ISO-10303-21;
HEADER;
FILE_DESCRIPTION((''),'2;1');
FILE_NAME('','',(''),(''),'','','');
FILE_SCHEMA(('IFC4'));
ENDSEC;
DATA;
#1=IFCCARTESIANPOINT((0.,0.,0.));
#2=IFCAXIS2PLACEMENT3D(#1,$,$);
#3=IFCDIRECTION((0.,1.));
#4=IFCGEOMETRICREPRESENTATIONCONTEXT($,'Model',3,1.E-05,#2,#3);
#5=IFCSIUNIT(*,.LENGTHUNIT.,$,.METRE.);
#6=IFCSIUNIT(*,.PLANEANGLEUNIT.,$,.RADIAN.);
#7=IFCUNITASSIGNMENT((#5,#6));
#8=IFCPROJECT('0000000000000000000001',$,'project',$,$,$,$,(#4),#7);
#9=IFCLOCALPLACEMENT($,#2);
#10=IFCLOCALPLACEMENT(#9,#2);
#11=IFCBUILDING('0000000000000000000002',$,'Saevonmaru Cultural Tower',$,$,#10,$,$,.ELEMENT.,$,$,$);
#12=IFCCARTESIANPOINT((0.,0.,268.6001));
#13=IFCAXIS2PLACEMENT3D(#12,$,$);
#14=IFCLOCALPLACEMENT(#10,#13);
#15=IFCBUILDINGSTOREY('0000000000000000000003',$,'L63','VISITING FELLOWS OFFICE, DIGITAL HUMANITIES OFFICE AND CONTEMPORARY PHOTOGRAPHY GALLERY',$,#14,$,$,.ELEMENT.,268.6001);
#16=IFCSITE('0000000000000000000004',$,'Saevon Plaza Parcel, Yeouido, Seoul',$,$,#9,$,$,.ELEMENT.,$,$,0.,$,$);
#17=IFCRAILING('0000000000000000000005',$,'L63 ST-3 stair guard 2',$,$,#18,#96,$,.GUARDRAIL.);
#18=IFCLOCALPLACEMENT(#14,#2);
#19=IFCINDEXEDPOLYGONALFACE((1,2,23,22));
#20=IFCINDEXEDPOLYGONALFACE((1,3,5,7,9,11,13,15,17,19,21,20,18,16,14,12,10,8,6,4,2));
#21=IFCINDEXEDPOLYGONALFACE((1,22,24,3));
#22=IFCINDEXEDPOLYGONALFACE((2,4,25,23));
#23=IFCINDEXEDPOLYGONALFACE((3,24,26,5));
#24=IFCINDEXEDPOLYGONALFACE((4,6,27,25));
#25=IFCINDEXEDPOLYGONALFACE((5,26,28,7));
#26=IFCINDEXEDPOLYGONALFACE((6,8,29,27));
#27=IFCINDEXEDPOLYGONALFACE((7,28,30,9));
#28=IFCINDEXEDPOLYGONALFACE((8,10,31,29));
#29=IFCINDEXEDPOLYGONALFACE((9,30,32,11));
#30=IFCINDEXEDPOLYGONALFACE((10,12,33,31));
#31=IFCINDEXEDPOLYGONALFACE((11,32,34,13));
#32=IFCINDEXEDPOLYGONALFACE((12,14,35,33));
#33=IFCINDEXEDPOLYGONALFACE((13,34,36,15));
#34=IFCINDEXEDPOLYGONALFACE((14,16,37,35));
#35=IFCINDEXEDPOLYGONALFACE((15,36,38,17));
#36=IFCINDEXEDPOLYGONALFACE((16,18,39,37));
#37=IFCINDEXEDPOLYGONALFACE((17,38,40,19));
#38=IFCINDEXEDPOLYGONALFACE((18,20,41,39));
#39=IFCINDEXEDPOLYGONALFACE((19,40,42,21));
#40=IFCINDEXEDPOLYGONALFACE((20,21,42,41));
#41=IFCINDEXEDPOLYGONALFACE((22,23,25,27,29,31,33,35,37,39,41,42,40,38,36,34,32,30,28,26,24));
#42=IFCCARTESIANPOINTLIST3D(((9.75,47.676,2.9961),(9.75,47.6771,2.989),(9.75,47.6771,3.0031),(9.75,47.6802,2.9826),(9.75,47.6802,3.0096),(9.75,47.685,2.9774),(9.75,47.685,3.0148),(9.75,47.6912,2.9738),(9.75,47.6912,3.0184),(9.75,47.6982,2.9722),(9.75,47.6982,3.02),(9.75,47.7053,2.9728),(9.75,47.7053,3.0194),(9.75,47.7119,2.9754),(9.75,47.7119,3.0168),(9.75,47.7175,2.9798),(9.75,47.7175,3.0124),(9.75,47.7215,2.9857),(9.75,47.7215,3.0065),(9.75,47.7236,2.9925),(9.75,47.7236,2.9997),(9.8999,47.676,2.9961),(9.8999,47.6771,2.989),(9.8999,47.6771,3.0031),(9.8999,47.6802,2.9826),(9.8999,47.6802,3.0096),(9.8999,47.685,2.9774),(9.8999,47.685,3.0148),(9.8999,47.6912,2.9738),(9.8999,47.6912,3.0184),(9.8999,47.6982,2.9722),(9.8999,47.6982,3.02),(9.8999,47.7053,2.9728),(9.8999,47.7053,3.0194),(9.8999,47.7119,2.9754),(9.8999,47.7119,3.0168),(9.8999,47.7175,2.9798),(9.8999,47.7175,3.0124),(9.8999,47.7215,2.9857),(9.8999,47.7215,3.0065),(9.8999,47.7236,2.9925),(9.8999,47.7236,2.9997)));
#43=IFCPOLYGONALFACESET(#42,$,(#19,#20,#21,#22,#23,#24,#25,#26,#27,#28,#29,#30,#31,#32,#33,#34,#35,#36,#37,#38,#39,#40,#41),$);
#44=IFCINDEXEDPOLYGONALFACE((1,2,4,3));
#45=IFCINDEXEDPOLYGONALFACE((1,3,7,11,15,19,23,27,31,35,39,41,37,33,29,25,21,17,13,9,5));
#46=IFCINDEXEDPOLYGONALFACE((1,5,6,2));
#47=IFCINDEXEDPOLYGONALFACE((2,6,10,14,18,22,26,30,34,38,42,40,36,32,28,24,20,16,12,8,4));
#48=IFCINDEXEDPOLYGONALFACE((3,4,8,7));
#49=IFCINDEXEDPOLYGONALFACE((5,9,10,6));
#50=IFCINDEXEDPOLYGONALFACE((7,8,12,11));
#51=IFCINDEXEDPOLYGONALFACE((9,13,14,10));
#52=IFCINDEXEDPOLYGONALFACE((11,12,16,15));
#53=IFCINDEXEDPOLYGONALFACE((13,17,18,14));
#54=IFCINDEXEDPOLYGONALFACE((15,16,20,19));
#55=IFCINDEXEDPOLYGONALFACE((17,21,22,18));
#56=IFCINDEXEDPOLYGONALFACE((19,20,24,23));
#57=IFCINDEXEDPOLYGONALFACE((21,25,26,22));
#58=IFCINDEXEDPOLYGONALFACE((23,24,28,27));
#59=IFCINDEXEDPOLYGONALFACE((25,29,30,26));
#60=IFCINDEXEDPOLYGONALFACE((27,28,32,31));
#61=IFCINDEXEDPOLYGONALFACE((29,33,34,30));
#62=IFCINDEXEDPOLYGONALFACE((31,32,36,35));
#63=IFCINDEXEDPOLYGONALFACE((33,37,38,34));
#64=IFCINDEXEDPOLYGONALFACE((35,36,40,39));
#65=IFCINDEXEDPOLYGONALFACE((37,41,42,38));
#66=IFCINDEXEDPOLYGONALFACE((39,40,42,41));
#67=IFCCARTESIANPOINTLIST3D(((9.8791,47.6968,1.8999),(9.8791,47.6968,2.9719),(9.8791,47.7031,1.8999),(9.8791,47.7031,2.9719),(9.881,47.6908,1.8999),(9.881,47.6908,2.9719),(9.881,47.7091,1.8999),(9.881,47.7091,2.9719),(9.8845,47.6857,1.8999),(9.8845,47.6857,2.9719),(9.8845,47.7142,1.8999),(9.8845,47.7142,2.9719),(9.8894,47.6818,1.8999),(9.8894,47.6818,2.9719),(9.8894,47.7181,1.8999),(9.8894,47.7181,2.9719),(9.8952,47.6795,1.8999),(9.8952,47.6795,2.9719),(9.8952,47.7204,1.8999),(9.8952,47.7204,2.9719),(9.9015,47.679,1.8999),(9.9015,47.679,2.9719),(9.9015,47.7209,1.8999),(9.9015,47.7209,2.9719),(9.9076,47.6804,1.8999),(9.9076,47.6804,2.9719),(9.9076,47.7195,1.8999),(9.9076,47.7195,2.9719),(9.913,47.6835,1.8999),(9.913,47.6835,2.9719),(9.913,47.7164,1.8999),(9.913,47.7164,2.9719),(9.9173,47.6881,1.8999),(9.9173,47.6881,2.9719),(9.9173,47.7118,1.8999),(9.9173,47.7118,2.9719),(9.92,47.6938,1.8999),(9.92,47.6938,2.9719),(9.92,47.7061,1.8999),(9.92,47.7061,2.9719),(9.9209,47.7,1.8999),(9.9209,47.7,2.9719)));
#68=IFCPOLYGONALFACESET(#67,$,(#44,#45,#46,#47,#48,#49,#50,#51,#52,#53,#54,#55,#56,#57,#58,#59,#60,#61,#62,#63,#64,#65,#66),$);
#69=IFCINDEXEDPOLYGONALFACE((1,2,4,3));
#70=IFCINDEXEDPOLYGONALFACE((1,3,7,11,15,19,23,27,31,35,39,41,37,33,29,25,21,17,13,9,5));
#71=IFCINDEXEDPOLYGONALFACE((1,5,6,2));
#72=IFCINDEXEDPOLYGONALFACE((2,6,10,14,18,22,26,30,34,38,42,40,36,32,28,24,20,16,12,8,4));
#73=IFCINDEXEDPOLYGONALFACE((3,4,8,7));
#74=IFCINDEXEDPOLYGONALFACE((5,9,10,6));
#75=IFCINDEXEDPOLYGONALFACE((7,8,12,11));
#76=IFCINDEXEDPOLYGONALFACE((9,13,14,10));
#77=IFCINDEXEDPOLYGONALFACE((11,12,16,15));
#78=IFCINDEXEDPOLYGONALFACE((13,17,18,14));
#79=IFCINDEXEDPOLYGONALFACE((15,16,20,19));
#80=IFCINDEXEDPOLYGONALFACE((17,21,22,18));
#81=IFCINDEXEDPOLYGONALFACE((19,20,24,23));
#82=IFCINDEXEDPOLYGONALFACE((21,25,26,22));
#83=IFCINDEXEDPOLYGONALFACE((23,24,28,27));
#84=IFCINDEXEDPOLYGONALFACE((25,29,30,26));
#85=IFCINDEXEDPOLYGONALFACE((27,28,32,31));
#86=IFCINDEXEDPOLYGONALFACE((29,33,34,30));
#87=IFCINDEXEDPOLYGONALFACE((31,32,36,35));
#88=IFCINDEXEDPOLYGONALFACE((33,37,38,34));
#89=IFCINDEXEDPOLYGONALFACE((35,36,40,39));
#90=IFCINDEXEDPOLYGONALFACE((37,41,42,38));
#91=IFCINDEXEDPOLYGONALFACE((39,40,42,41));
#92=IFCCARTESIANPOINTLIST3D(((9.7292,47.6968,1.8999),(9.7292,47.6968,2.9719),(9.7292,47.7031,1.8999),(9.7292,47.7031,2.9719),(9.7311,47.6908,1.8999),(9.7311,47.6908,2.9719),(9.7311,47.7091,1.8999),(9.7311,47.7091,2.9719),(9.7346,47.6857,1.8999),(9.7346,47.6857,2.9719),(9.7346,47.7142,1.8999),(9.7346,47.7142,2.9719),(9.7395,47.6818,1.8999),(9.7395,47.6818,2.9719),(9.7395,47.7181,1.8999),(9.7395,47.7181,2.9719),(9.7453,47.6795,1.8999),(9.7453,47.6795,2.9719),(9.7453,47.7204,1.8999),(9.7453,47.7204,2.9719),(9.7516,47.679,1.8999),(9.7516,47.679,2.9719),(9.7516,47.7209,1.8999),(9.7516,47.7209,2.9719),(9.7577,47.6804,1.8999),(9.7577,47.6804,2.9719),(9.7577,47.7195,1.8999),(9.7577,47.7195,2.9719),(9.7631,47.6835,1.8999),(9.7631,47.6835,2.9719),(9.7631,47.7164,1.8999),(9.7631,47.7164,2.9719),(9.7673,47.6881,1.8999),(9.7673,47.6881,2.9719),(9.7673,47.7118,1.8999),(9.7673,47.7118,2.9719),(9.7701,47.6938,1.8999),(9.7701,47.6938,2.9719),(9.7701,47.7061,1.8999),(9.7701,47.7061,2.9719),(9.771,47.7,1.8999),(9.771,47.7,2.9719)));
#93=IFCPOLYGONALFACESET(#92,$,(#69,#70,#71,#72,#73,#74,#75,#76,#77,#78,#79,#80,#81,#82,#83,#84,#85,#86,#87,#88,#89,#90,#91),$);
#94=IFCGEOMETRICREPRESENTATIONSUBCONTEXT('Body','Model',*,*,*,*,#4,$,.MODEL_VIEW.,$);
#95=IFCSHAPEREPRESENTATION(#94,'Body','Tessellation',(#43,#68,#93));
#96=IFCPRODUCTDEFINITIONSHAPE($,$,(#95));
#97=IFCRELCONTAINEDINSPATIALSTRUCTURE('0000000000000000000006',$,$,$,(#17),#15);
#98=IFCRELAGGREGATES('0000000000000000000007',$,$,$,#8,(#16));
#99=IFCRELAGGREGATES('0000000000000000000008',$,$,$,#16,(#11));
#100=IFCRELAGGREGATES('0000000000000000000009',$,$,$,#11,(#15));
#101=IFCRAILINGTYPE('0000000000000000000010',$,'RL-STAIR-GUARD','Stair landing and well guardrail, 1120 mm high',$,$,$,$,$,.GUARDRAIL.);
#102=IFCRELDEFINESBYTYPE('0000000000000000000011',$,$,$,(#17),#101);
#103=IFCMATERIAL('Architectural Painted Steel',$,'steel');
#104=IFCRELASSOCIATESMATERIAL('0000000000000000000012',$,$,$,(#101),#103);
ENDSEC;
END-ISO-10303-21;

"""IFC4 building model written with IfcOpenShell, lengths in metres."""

from ifc_helpers import new_model, si_unit, direction, frame, origin, origin_2d, place, context, subcontext, project, spatial, circle, extrude, material, type_object, element, save


model = new_model("IFC4")

# Units and contexts
model_context = context("Model", 3, precision=1e-05, world=origin(), true_north=direction((0.0, 1.0)))
body_context = subcontext(model_context, "Body", "Model", "MODEL_VIEW")
ifc_project = project(units=[si_unit("LENGTHUNIT", "METRE"), si_unit("PLANEANGLEUNIT", "RADIAN")], contexts=[model_context])

# Site, building, storey
site_placement = place(None, origin())
site = spatial("IfcSite", under=ifc_project, at=site_placement, Name="Saevon Plaza Parcel, Yeouido, Seoul", CompositionType="ELEMENT", RefElevation=0.0)
building_placement = place(site_placement, origin())
building = spatial("IfcBuilding", under=site, at=building_placement, Name="Saevonmaru Cultural Tower", CompositionType="ELEMENT")
storey_placement = place(building_placement, frame((0.0, 0.0, 268.6001)))
storey = spatial("IfcBuildingStorey", under=building, at=storey_placement, Name="L63", Description="VISITING FELLOWS OFFICE, DIGITAL HUMANITIES OFFICE AND CONTEMPORARY PHOTOGRAPHY GALLERY", CompositionType="ELEMENT", Elevation=268.6001)

# Railing
ifc_material_1 = material(Name="Architectural Painted Steel", Category="steel")
railing_type_1 = type_object("IfcRailingType", Name="RL-STAIR-GUARD", Description="Stair landing and well guardrail, 1120 mm high", PredefinedType="GUARDRAIL", material=ifc_material_1)
railing_1_placement = place(storey_placement, frame((9.8999, 47.7, 1.8999)))
element("IfcRailing", 1, at=railing_1_placement, inside=storey, type_object=railing_type_1, Name="L63 ST-3 stair guard 2", PredefinedType="GUARDRAIL", context=body_context, shape_type="SweptSolid", body=[
    extrude(circle(Radius=0.0239, at=origin_2d()), frame((0.0, 0.0, 1.0962), z_axis=(-1.0, 0.0, 0.0), x_axis=(0.0, -1.0, 0.0)), (0.0, 0.0, 1.0), 0.1499),
    extrude(circle(Radius=0.021, at=origin_2d()), origin(), (0.0, 0.0, 1.0), 1.072),
    extrude(circle(Radius=0.021, at=origin_2d()), frame((-0.1499, 0.0, 0.0)), (0.0, 0.0, 1.0), 1.072),
])

save(model, "model.ifc")
